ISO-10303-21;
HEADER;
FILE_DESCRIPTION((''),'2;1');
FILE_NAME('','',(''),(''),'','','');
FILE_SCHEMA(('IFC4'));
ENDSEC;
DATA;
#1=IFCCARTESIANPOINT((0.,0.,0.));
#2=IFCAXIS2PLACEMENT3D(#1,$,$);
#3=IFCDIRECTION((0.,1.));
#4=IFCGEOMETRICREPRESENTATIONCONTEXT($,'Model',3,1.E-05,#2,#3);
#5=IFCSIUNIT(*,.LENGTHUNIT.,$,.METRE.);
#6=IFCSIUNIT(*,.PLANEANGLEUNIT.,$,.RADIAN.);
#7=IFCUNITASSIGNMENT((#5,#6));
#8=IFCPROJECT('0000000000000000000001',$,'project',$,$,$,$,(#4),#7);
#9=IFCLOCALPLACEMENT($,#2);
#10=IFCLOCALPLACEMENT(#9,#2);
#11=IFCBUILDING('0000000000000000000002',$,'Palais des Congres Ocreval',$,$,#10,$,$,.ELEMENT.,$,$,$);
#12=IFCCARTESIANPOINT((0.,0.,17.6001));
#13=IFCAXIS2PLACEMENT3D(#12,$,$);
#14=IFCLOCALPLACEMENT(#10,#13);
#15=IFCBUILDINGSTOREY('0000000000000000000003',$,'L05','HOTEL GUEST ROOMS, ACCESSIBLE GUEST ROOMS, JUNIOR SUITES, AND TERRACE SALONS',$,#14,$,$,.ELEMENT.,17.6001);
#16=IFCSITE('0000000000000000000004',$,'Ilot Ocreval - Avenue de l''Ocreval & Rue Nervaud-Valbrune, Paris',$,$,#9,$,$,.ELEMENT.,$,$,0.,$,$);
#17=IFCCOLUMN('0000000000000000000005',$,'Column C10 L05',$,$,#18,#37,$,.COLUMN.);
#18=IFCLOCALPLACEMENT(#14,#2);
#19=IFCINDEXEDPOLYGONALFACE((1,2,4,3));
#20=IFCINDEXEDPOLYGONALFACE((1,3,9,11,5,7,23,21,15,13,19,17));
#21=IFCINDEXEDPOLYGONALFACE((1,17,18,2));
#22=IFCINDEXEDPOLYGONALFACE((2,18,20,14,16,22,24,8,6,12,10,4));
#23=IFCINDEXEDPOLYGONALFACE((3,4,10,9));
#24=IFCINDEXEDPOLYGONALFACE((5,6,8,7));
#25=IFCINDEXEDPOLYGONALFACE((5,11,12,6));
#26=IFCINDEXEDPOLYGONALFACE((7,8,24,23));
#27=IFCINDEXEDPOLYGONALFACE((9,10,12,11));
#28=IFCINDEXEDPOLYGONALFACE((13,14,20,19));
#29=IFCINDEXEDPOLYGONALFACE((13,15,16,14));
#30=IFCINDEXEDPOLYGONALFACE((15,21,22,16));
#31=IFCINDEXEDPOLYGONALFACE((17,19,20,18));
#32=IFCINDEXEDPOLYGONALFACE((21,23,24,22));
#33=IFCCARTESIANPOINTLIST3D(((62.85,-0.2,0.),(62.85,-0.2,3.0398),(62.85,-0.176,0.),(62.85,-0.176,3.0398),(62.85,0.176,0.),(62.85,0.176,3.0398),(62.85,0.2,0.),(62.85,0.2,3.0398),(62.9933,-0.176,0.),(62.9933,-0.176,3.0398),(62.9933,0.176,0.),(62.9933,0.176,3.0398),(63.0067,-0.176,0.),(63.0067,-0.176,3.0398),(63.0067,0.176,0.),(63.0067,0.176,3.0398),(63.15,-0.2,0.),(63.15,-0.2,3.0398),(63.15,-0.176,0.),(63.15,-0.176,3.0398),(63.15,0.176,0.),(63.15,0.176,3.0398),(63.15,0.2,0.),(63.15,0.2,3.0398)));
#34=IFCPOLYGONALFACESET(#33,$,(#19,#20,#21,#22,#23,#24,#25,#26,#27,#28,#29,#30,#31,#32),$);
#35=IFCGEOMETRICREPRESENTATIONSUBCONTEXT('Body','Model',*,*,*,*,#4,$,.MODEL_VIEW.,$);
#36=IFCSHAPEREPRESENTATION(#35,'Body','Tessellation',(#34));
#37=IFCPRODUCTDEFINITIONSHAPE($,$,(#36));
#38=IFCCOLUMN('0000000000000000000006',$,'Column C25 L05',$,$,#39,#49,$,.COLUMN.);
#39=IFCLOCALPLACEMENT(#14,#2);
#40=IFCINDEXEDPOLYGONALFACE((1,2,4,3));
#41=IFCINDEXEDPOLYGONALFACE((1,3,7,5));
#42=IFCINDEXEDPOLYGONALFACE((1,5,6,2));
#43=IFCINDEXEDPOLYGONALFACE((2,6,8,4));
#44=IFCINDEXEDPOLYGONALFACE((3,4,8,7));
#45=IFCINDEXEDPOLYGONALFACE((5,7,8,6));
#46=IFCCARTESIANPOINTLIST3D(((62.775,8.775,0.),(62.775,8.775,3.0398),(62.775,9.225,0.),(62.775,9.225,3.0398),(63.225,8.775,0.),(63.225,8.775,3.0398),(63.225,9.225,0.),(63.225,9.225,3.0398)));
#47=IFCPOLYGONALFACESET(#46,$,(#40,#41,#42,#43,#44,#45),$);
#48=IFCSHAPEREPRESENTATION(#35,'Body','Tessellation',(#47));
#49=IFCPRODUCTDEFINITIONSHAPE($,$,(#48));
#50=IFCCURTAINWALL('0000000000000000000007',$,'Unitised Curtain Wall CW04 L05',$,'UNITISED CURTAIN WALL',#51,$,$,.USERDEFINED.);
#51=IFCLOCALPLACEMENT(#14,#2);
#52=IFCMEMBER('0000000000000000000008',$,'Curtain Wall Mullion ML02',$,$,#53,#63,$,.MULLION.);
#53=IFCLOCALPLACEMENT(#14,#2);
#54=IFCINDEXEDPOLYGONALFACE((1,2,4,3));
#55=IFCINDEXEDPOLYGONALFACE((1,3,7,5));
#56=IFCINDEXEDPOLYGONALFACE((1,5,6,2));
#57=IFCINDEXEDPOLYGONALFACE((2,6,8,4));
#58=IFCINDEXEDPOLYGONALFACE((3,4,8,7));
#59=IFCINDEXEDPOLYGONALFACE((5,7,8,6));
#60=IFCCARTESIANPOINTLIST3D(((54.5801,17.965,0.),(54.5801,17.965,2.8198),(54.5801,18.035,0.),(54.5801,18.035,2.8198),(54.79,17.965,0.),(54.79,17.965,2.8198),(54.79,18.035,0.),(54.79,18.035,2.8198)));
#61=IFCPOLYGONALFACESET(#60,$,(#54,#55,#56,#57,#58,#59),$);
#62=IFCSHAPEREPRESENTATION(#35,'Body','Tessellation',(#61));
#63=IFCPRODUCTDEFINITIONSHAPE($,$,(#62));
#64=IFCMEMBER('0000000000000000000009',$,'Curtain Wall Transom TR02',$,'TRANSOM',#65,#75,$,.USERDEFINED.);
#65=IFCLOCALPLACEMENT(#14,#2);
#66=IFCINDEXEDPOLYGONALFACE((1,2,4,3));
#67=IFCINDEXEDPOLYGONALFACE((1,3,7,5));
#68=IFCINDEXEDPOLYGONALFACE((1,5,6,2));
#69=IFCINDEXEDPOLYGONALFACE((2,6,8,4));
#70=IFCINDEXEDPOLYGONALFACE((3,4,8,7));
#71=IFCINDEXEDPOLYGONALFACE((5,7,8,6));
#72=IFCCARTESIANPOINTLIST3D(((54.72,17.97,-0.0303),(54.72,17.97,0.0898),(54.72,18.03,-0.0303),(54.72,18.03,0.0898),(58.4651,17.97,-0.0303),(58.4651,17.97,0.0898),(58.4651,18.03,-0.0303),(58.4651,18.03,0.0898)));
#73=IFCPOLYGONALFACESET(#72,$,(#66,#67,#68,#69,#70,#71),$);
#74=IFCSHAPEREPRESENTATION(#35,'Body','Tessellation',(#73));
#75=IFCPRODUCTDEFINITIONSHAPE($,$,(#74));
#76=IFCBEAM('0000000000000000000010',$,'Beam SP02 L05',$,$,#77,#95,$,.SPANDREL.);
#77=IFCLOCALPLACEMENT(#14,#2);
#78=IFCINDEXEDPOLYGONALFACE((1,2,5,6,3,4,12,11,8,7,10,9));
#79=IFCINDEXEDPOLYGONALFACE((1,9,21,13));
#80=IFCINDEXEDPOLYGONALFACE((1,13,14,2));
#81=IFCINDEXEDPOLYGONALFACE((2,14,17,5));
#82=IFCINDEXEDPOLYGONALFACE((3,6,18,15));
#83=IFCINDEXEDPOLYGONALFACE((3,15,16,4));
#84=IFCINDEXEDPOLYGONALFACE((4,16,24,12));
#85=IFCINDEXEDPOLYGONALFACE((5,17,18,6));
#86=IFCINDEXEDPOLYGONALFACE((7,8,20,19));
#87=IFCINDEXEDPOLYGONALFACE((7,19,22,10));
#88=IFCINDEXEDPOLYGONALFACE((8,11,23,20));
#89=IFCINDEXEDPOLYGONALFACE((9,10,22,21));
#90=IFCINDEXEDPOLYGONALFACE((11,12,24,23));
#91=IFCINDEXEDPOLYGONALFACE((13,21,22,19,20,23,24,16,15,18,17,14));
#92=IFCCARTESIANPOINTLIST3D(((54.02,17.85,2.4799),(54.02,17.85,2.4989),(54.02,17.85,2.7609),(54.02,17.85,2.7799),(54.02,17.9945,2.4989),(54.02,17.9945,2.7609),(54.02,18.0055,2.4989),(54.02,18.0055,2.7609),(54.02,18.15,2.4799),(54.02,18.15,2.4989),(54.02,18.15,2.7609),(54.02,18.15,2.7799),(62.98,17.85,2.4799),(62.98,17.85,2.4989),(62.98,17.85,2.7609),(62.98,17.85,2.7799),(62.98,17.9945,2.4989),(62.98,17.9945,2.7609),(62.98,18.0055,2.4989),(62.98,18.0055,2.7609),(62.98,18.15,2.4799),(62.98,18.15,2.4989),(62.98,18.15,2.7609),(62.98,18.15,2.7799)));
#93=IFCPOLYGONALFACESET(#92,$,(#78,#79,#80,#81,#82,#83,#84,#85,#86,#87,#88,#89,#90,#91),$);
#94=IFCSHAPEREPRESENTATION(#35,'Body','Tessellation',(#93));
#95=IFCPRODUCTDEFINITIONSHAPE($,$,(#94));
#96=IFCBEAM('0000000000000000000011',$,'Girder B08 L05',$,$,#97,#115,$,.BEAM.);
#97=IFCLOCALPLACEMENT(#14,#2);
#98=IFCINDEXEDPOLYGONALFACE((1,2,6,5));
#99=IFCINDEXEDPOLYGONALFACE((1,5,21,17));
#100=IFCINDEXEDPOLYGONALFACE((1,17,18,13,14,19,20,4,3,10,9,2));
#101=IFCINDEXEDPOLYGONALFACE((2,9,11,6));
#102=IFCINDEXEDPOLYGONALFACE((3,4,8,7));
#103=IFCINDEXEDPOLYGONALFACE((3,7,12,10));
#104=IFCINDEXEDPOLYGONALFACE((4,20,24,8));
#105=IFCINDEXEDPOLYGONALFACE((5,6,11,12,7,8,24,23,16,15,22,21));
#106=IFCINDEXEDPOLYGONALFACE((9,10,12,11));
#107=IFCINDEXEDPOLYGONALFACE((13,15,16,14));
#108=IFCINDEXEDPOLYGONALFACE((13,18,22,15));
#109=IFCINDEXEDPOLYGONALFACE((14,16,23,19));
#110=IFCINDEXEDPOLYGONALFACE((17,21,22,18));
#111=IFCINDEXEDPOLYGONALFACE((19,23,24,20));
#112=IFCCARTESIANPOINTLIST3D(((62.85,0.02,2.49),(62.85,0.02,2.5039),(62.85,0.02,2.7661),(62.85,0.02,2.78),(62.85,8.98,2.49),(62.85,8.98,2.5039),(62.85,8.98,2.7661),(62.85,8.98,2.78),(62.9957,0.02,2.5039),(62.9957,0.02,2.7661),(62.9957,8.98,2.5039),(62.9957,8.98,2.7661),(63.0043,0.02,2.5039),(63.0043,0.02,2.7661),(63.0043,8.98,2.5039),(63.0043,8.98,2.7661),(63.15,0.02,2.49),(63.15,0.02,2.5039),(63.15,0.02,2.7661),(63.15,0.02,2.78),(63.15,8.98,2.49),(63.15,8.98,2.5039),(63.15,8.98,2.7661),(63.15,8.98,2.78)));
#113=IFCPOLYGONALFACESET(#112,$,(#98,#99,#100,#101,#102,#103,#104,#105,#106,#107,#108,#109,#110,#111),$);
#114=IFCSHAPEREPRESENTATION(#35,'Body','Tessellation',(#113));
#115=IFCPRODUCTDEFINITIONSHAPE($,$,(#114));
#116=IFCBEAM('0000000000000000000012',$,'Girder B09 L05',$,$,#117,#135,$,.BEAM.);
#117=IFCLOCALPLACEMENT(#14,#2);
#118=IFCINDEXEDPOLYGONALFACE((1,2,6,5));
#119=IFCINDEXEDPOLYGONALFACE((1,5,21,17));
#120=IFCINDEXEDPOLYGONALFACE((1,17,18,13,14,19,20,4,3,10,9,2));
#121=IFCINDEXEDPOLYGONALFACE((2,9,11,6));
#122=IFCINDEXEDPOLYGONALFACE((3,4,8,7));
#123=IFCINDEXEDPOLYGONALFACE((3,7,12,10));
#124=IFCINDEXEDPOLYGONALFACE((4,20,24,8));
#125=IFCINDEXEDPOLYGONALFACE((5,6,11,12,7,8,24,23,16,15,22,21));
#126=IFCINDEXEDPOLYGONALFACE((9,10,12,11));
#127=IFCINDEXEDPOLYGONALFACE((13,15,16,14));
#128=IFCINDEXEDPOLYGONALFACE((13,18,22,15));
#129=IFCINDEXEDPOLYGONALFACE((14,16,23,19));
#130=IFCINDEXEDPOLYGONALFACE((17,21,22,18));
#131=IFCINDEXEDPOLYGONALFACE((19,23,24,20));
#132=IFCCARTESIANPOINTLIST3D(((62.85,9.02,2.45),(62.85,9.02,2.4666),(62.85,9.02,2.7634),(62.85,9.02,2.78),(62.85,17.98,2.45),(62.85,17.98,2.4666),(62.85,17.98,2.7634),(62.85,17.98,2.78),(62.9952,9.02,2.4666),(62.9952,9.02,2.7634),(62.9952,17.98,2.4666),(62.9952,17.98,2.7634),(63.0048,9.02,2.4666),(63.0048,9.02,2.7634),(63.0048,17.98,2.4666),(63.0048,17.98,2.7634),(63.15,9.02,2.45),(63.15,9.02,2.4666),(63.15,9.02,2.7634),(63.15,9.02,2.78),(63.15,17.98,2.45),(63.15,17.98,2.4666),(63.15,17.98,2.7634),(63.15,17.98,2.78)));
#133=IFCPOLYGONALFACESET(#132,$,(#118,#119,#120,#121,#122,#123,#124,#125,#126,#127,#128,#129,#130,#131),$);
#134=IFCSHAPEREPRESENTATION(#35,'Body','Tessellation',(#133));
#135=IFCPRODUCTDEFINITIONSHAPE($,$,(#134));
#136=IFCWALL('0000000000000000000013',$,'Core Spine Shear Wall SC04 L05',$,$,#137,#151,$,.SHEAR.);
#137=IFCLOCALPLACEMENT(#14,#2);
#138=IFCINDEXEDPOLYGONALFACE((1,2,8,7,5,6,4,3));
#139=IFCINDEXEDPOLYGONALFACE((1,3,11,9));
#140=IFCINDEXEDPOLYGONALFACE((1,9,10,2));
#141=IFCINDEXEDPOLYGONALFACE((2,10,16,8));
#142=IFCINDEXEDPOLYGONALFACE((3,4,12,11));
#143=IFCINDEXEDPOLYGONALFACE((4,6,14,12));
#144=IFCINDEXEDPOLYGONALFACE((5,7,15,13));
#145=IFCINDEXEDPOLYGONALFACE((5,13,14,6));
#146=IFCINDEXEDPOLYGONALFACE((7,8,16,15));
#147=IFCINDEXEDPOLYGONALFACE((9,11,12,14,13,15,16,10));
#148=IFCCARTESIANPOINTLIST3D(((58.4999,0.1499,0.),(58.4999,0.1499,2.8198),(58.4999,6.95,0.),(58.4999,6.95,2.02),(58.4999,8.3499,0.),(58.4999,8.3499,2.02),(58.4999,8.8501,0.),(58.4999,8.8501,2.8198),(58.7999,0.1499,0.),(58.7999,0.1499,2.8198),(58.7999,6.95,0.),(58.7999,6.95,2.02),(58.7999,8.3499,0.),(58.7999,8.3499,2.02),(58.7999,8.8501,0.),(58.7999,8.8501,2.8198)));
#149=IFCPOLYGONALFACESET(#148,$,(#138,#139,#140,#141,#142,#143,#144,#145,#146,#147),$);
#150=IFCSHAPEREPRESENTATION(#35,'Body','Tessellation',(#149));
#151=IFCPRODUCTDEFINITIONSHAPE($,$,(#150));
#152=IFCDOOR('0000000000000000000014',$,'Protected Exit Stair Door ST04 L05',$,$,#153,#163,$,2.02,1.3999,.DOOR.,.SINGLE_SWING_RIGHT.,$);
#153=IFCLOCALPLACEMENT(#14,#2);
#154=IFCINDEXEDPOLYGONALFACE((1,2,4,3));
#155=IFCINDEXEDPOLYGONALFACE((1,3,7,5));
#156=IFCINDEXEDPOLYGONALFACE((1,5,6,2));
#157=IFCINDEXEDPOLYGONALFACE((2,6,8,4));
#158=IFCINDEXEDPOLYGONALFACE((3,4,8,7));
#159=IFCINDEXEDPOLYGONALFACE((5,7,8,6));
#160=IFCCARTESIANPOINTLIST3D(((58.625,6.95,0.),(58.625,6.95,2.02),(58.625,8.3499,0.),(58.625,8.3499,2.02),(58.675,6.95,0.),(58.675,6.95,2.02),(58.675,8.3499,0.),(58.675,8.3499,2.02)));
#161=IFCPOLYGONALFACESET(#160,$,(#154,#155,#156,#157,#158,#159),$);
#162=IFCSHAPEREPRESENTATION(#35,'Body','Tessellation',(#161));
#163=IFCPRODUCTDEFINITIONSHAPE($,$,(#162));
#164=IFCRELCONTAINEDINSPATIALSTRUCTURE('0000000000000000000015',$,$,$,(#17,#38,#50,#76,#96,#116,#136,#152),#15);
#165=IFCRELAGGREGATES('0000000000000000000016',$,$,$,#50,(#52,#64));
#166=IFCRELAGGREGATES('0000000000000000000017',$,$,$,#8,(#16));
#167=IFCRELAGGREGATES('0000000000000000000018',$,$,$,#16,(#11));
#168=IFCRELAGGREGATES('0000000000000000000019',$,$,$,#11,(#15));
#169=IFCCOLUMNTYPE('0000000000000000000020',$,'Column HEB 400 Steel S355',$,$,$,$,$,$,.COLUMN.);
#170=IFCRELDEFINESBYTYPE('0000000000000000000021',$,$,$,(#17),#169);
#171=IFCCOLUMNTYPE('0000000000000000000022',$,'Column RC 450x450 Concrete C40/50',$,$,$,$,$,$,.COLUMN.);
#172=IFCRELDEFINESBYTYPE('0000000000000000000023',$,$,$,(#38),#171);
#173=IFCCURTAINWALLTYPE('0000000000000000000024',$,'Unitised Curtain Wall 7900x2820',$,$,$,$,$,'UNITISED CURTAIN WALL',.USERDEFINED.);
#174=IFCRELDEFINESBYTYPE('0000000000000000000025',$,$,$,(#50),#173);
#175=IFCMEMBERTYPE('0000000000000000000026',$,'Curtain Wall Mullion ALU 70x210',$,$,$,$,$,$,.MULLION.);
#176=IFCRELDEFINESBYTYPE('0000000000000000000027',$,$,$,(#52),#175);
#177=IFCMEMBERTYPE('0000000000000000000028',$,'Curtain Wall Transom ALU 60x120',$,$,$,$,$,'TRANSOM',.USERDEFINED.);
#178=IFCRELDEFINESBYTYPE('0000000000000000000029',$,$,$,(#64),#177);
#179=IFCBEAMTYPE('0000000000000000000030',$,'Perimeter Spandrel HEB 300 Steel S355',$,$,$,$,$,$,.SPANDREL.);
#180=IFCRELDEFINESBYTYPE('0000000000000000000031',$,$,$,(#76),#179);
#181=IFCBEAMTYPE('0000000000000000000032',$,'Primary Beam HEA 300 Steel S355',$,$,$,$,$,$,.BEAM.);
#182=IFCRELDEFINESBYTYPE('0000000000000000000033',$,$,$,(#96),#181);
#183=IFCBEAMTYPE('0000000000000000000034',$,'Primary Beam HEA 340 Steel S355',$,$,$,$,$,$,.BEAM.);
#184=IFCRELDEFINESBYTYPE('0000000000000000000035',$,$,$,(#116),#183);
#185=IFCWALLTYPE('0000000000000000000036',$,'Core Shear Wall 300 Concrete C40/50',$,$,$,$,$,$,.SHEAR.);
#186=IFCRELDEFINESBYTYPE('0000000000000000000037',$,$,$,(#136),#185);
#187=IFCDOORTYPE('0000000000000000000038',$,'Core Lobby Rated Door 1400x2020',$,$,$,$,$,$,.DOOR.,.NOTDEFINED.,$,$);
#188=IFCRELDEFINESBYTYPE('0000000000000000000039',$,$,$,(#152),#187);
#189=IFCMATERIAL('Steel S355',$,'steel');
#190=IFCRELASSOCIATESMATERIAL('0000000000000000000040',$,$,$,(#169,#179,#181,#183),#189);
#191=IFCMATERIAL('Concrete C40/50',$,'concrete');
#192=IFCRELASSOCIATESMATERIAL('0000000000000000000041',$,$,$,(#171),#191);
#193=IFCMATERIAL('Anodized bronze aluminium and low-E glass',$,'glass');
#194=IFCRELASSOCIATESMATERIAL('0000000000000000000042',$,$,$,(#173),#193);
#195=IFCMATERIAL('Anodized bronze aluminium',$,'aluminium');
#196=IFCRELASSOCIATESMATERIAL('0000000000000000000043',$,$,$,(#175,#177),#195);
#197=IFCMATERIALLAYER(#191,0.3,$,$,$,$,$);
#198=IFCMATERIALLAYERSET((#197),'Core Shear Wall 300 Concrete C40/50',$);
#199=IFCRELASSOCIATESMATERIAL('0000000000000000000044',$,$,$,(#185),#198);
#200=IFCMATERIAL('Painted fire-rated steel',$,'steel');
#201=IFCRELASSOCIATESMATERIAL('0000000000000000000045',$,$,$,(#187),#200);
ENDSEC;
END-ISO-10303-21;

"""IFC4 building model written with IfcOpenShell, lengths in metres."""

from ifc_helpers import new_model, si_unit, direction, frame, frame_2d, origin, origin_2d, place, context, subcontext, project, spatial, rectangle, i_section, extrude, material, layer, layer_set, material_profile, profile_set, type_object, element, fill, aggregate, save


model = new_model("IFC4")

# Units and contexts
model_context = context("Model", 3, precision=1e-05, world=origin(), true_north=direction((0.0, 1.0)))
body_context = subcontext(model_context, "Body", "Model", "MODEL_VIEW")
ifc_project = project(units=[si_unit("LENGTHUNIT", "METRE"), si_unit("PLANEANGLEUNIT", "RADIAN")], contexts=[model_context])

# Site, building, storey
site_placement = place(None, origin())
site = spatial("IfcSite", under=ifc_project, at=site_placement, Name="Ilot Ocreval - Avenue de l'Ocreval & Rue Nervaud-Valbrune, Paris", CompositionType="ELEMENT", RefElevation=0.0)
building_placement = place(site_placement, origin())
building = spatial("IfcBuilding", under=site, at=building_placement, Name="Palais des Congres Ocreval", CompositionType="ELEMENT")
storey_placement = place(building_placement, frame((0.0, 0.0, 17.6001)))
storey = spatial("IfcBuildingStorey", under=building, at=storey_placement, Name="L05", Description="HOTEL GUEST ROOMS, ACCESSIBLE GUEST ROOMS, JUNIOR SUITES, AND TERRACE SALONS", CompositionType="ELEMENT", Elevation=17.6001)

# Columns
ifc_material_1 = material(Name="Steel S355", Category="steel")
ifc_material_profile_1 = material_profile(ifc_material_1, i_section(OverallWidth=0.3, OverallDepth=0.3999, WebThickness=0.0134, FlangeThickness=0.0239, at=origin_2d()), Name="HEB 400")
ifc_profile_set_1 = profile_set([ifc_material_profile_1], Name="Steel S355")
column_type_1 = type_object("IfcColumnType", Name="Column HEB 400 Steel S355", PredefinedType="COLUMN", material=ifc_profile_set_1)
column_1_placement = place(storey_placement, frame((63.0, 0.0, 0.0), z_axis=(0.0, 0.0, 1.0), x_axis=(1.0, 0.0, 0.0)))
element("IfcColumn", 1, at=column_1_placement, inside=storey, type_object=column_type_1, Name="Column C10 L05", PredefinedType="COLUMN", context=body_context, shape_type="SweptSolid", body=[
    extrude(i_section(OverallWidth=0.3, OverallDepth=0.3999, WebThickness=0.0134, FlangeThickness=0.0239, at=origin_2d()), origin(), (0.0, 0.0, 1.0), 3.0398),
])
ifc_material_2 = material(Name="Concrete C40/50", Category="concrete")
ifc_material_profile_2 = material_profile(ifc_material_2, rectangle(XDim=0.45, YDim=0.45, at=origin_2d()), Name="RC 450x450")
ifc_profile_set_2 = profile_set([ifc_material_profile_2], Name="Concrete C40/50")
column_type_2 = type_object("IfcColumnType", Name="Column RC 450x450 Concrete C40/50", PredefinedType="COLUMN", material=ifc_profile_set_2)
column_2_placement = place(storey_placement, frame((63.0, 9.0, 0.0), z_axis=(0.0, 0.0, 1.0), x_axis=(1.0, 0.0, 0.0)))
element("IfcColumn", 2, at=column_2_placement, inside=storey, type_object=column_type_2, Name="Column C25 L05", PredefinedType="COLUMN", context=body_context, shape_type="SweptSolid", body=[
    extrude(rectangle(XDim=0.45, YDim=0.45, at=origin_2d()), origin(), (0.0, 0.0, 1.0), 3.0398),
])

# Curtain wall, members
ifc_material_3 = material(Name="Anodized bronze aluminium and low-E glass", Category="glass")
curtain_wall_type = type_object("IfcCurtainWallType", Name="Unitised Curtain Wall 7900x2820", ElementType="UNITISED CURTAIN WALL", PredefinedType="USERDEFINED", material=ifc_material_3)
curtain_wall_placement = place(storey_placement, origin())
curtain_wall = element("IfcCurtainWall", 3, at=curtain_wall_placement, inside=storey, type_object=curtain_wall_type, Name="Unitised Curtain Wall CW04 L05", ObjectType="UNITISED CURTAIN WALL", PredefinedType="USERDEFINED")
ifc_material_4 = material(Name="Anodized bronze aluminium", Category="aluminium")
ifc_material_profile_3 = material_profile(ifc_material_4, rectangle(XDim=0.0701, YDim=0.21, at=origin_2d()), Name="ALU 70x210")
ifc_profile_set_3 = profile_set([ifc_material_profile_3], Name="Anodized bronze aluminium")
member_type_1 = type_object("IfcMemberType", Name="Curtain Wall Mullion ALU 70x210", PredefinedType="MULLION", material=ifc_profile_set_3)
member_1_placement = place(storey_placement, frame((54.6851, 18.0, 0.0), z_axis=(0.0, 0.0, 1.0), x_axis=(0.0, 1.0, 0.0)))
member_1 = element("IfcMember", 4, at=member_1_placement, type_object=member_type_1, Name="Curtain Wall Mullion ML02", PredefinedType="MULLION", context=body_context, shape_type="SweptSolid", body=[
    extrude(rectangle(XDim=0.0701, YDim=0.21, at=origin_2d()), origin(), (0.0, 0.0, 1.0), 2.8198),
])
ifc_material_profile_4 = material_profile(ifc_material_4, rectangle(XDim=0.0601, YDim=0.1201, at=origin_2d()), Name="ALU 60x120")
ifc_profile_set_4 = profile_set([ifc_material_profile_4], Name="Anodized bronze aluminium")
member_type_2 = type_object("IfcMemberType", Name="Curtain Wall Transom ALU 60x120", ElementType="TRANSOM", PredefinedType="USERDEFINED", material=ifc_profile_set_4)
member_2_placement = place(storey_placement, frame((54.72, 18.0, 0.0298), z_axis=(1.0, 0.0, 0.0), x_axis=(0.0, 1.0, 0.0)))
member_2 = element("IfcMember", 5, at=member_2_placement, type_object=member_type_2, Name="Curtain Wall Transom TR02", ObjectType="TRANSOM", PredefinedType="USERDEFINED", context=body_context, shape_type="SweptSolid", body=[
    extrude(rectangle(XDim=0.0601, YDim=0.1201, at=origin_2d()), origin(), (0.0, 0.0, 1.0), 3.7451),
])
aggregate(curtain_wall, [member_1, member_2])

# Beams
ifc_material_profile_5 = material_profile(ifc_material_1, i_section(OverallWidth=0.3, OverallDepth=0.3, WebThickness=0.011, FlangeThickness=0.019, at=origin_2d()), Name="HEB 300")
ifc_profile_set_5 = profile_set([ifc_material_profile_5], Name="Steel S355")
beam_type_1 = type_object("IfcBeamType", Name="Perimeter Spandrel HEB 300 Steel S355", PredefinedType="SPANDREL", material=ifc_profile_set_5)
beam_1_placement = place(storey_placement, frame((54.02, 18.0, 2.6299), z_axis=(1.0, 0.0, 0.0), x_axis=(0.0, 1.0, 0.0)))
element("IfcBeam", 6, at=beam_1_placement, inside=storey, type_object=beam_type_1, Name="Beam SP02 L05", PredefinedType="SPANDREL", context=body_context, shape_type="SweptSolid", body=[
    extrude(i_section(OverallWidth=0.3, OverallDepth=0.3, WebThickness=0.011, FlangeThickness=0.019, at=origin_2d()), origin(), (0.0, 0.0, 1.0), 8.96),
])
ifc_material_profile_6 = material_profile(ifc_material_1, i_section(OverallWidth=0.3, OverallDepth=0.29, WebThickness=0.0085, FlangeThickness=0.0139, at=origin_2d()), Name="HEA 300")
ifc_profile_set_6 = profile_set([ifc_material_profile_6], Name="Steel S355")
beam_type_2 = type_object("IfcBeamType", Name="Primary Beam HEA 300 Steel S355", PredefinedType="BEAM", material=ifc_profile_set_6)
beam_2_placement = place(storey_placement, frame((63.0, 0.02, 2.635), z_axis=(0.0, 1.0, 0.0), x_axis=(-1.0, 0.0, 0.0)))
element("IfcBeam", 7, at=beam_2_placement, inside=storey, type_object=beam_type_2, Name="Girder B08 L05", PredefinedType="BEAM", context=body_context, shape_type="SweptSolid", body=[
    extrude(i_section(OverallWidth=0.3, OverallDepth=0.29, WebThickness=0.0085, FlangeThickness=0.0139, at=origin_2d()), origin(), (0.0, 0.0, 1.0), 8.96),
])
ifc_material_profile_7 = material_profile(ifc_material_1, i_section(OverallWidth=0.3, OverallDepth=0.3301, WebThickness=0.0095, FlangeThickness=0.0166, at=origin_2d()), Name="HEA 340")
ifc_profile_set_7 = profile_set([ifc_material_profile_7], Name="Steel S355")
beam_type_3 = type_object("IfcBeamType", Name="Primary Beam HEA 340 Steel S355", PredefinedType="BEAM", material=ifc_profile_set_7)
beam_3_placement = place(storey_placement, frame((63.0, 9.02, 2.615), z_axis=(0.0, 1.0, 0.0), x_axis=(-1.0, 0.0, 0.0)))
element("IfcBeam", 8, at=beam_3_placement, inside=storey, type_object=beam_type_3, Name="Girder B09 L05", PredefinedType="BEAM", context=body_context, shape_type="SweptSolid", body=[
    extrude(i_section(OverallWidth=0.3, OverallDepth=0.3301, WebThickness=0.0095, FlangeThickness=0.0166, at=origin_2d()), origin(), (0.0, 0.0, 1.0), 8.96),
])

# Wall, opening, door
ifc_layer_1 = layer(ifc_material_2, 0.3)
ifc_layer_set_1 = layer_set([ifc_layer_1], Name="Core Shear Wall 300 Concrete C40/50")
wall_type_1 = type_object("IfcWallType", Name="Core Shear Wall 300 Concrete C40/50", PredefinedType="SHEAR", material=ifc_layer_set_1)
wall_1_placement = place(storey_placement, frame((58.6499, 0.1499, 0.0), z_axis=(0.0, 0.0, 1.0), x_axis=(0.0, 1.0, 0.0)))
wall_1 = element("IfcWall", 9, at=wall_1_placement, inside=storey, type_object=wall_type_1, Name="Core Spine Shear Wall SC04 L05", PredefinedType="SHEAR", context=body_context, shape_type="SweptSolid", body=[
    extrude(rectangle(XDim=8.7002, YDim=0.3, at=frame_2d((4.3501, 0.0))), origin(), (0.0, 0.0, 1.0), 2.8198),
])
opening_1_placement = place(wall_1_placement, frame((6.8, 0.0, 0.0)))
opening_1 = element("IfcOpeningElement", 10, at=opening_1_placement, cuts=wall_1, PredefinedType="OPENING", context=body_context, shape_type="SweptSolid", body=[
    extrude(rectangle(XDim=1.3999, YDim=2.02, at=frame_2d((0.7, 1.01))), frame((0.0, 0.1599, 0.0), z_axis=(0.0, -1.0, 0.0), x_axis=(1.0, 0.0, 0.0)), (0.0, 0.0, 1.0), 0.3201),
])
ifc_material_5 = material(Name="Painted fire-rated steel", Category="steel")
door_type_1 = type_object("IfcDoorType", Name="Core Lobby Rated Door 1400x2020", OperationType="NOTDEFINED", PredefinedType="DOOR", material=ifc_material_5)
door_1_placement = place(opening_1_placement, origin())
door_1 = element("IfcDoor", 11, at=door_1_placement, inside=storey, type_object=door_type_1, Name="Protected Exit Stair Door ST04 L05", OperationType="SINGLE_SWING_RIGHT", OverallHeight=2.02, OverallWidth=1.3999, PredefinedType="DOOR", context=body_context, shape_type="SweptSolid", body=[
    extrude(rectangle(XDim=1.3999, YDim=2.02, at=frame_2d((0.7, 1.01))), frame((0.0, 0.0249, 0.0), z_axis=(0.0, -1.0, 0.0), x_axis=(1.0, 0.0, 0.0)), (0.0, 0.0, 1.0), 0.05),
])
fill(opening_1, door_1)

save(model, "model.ifc")
